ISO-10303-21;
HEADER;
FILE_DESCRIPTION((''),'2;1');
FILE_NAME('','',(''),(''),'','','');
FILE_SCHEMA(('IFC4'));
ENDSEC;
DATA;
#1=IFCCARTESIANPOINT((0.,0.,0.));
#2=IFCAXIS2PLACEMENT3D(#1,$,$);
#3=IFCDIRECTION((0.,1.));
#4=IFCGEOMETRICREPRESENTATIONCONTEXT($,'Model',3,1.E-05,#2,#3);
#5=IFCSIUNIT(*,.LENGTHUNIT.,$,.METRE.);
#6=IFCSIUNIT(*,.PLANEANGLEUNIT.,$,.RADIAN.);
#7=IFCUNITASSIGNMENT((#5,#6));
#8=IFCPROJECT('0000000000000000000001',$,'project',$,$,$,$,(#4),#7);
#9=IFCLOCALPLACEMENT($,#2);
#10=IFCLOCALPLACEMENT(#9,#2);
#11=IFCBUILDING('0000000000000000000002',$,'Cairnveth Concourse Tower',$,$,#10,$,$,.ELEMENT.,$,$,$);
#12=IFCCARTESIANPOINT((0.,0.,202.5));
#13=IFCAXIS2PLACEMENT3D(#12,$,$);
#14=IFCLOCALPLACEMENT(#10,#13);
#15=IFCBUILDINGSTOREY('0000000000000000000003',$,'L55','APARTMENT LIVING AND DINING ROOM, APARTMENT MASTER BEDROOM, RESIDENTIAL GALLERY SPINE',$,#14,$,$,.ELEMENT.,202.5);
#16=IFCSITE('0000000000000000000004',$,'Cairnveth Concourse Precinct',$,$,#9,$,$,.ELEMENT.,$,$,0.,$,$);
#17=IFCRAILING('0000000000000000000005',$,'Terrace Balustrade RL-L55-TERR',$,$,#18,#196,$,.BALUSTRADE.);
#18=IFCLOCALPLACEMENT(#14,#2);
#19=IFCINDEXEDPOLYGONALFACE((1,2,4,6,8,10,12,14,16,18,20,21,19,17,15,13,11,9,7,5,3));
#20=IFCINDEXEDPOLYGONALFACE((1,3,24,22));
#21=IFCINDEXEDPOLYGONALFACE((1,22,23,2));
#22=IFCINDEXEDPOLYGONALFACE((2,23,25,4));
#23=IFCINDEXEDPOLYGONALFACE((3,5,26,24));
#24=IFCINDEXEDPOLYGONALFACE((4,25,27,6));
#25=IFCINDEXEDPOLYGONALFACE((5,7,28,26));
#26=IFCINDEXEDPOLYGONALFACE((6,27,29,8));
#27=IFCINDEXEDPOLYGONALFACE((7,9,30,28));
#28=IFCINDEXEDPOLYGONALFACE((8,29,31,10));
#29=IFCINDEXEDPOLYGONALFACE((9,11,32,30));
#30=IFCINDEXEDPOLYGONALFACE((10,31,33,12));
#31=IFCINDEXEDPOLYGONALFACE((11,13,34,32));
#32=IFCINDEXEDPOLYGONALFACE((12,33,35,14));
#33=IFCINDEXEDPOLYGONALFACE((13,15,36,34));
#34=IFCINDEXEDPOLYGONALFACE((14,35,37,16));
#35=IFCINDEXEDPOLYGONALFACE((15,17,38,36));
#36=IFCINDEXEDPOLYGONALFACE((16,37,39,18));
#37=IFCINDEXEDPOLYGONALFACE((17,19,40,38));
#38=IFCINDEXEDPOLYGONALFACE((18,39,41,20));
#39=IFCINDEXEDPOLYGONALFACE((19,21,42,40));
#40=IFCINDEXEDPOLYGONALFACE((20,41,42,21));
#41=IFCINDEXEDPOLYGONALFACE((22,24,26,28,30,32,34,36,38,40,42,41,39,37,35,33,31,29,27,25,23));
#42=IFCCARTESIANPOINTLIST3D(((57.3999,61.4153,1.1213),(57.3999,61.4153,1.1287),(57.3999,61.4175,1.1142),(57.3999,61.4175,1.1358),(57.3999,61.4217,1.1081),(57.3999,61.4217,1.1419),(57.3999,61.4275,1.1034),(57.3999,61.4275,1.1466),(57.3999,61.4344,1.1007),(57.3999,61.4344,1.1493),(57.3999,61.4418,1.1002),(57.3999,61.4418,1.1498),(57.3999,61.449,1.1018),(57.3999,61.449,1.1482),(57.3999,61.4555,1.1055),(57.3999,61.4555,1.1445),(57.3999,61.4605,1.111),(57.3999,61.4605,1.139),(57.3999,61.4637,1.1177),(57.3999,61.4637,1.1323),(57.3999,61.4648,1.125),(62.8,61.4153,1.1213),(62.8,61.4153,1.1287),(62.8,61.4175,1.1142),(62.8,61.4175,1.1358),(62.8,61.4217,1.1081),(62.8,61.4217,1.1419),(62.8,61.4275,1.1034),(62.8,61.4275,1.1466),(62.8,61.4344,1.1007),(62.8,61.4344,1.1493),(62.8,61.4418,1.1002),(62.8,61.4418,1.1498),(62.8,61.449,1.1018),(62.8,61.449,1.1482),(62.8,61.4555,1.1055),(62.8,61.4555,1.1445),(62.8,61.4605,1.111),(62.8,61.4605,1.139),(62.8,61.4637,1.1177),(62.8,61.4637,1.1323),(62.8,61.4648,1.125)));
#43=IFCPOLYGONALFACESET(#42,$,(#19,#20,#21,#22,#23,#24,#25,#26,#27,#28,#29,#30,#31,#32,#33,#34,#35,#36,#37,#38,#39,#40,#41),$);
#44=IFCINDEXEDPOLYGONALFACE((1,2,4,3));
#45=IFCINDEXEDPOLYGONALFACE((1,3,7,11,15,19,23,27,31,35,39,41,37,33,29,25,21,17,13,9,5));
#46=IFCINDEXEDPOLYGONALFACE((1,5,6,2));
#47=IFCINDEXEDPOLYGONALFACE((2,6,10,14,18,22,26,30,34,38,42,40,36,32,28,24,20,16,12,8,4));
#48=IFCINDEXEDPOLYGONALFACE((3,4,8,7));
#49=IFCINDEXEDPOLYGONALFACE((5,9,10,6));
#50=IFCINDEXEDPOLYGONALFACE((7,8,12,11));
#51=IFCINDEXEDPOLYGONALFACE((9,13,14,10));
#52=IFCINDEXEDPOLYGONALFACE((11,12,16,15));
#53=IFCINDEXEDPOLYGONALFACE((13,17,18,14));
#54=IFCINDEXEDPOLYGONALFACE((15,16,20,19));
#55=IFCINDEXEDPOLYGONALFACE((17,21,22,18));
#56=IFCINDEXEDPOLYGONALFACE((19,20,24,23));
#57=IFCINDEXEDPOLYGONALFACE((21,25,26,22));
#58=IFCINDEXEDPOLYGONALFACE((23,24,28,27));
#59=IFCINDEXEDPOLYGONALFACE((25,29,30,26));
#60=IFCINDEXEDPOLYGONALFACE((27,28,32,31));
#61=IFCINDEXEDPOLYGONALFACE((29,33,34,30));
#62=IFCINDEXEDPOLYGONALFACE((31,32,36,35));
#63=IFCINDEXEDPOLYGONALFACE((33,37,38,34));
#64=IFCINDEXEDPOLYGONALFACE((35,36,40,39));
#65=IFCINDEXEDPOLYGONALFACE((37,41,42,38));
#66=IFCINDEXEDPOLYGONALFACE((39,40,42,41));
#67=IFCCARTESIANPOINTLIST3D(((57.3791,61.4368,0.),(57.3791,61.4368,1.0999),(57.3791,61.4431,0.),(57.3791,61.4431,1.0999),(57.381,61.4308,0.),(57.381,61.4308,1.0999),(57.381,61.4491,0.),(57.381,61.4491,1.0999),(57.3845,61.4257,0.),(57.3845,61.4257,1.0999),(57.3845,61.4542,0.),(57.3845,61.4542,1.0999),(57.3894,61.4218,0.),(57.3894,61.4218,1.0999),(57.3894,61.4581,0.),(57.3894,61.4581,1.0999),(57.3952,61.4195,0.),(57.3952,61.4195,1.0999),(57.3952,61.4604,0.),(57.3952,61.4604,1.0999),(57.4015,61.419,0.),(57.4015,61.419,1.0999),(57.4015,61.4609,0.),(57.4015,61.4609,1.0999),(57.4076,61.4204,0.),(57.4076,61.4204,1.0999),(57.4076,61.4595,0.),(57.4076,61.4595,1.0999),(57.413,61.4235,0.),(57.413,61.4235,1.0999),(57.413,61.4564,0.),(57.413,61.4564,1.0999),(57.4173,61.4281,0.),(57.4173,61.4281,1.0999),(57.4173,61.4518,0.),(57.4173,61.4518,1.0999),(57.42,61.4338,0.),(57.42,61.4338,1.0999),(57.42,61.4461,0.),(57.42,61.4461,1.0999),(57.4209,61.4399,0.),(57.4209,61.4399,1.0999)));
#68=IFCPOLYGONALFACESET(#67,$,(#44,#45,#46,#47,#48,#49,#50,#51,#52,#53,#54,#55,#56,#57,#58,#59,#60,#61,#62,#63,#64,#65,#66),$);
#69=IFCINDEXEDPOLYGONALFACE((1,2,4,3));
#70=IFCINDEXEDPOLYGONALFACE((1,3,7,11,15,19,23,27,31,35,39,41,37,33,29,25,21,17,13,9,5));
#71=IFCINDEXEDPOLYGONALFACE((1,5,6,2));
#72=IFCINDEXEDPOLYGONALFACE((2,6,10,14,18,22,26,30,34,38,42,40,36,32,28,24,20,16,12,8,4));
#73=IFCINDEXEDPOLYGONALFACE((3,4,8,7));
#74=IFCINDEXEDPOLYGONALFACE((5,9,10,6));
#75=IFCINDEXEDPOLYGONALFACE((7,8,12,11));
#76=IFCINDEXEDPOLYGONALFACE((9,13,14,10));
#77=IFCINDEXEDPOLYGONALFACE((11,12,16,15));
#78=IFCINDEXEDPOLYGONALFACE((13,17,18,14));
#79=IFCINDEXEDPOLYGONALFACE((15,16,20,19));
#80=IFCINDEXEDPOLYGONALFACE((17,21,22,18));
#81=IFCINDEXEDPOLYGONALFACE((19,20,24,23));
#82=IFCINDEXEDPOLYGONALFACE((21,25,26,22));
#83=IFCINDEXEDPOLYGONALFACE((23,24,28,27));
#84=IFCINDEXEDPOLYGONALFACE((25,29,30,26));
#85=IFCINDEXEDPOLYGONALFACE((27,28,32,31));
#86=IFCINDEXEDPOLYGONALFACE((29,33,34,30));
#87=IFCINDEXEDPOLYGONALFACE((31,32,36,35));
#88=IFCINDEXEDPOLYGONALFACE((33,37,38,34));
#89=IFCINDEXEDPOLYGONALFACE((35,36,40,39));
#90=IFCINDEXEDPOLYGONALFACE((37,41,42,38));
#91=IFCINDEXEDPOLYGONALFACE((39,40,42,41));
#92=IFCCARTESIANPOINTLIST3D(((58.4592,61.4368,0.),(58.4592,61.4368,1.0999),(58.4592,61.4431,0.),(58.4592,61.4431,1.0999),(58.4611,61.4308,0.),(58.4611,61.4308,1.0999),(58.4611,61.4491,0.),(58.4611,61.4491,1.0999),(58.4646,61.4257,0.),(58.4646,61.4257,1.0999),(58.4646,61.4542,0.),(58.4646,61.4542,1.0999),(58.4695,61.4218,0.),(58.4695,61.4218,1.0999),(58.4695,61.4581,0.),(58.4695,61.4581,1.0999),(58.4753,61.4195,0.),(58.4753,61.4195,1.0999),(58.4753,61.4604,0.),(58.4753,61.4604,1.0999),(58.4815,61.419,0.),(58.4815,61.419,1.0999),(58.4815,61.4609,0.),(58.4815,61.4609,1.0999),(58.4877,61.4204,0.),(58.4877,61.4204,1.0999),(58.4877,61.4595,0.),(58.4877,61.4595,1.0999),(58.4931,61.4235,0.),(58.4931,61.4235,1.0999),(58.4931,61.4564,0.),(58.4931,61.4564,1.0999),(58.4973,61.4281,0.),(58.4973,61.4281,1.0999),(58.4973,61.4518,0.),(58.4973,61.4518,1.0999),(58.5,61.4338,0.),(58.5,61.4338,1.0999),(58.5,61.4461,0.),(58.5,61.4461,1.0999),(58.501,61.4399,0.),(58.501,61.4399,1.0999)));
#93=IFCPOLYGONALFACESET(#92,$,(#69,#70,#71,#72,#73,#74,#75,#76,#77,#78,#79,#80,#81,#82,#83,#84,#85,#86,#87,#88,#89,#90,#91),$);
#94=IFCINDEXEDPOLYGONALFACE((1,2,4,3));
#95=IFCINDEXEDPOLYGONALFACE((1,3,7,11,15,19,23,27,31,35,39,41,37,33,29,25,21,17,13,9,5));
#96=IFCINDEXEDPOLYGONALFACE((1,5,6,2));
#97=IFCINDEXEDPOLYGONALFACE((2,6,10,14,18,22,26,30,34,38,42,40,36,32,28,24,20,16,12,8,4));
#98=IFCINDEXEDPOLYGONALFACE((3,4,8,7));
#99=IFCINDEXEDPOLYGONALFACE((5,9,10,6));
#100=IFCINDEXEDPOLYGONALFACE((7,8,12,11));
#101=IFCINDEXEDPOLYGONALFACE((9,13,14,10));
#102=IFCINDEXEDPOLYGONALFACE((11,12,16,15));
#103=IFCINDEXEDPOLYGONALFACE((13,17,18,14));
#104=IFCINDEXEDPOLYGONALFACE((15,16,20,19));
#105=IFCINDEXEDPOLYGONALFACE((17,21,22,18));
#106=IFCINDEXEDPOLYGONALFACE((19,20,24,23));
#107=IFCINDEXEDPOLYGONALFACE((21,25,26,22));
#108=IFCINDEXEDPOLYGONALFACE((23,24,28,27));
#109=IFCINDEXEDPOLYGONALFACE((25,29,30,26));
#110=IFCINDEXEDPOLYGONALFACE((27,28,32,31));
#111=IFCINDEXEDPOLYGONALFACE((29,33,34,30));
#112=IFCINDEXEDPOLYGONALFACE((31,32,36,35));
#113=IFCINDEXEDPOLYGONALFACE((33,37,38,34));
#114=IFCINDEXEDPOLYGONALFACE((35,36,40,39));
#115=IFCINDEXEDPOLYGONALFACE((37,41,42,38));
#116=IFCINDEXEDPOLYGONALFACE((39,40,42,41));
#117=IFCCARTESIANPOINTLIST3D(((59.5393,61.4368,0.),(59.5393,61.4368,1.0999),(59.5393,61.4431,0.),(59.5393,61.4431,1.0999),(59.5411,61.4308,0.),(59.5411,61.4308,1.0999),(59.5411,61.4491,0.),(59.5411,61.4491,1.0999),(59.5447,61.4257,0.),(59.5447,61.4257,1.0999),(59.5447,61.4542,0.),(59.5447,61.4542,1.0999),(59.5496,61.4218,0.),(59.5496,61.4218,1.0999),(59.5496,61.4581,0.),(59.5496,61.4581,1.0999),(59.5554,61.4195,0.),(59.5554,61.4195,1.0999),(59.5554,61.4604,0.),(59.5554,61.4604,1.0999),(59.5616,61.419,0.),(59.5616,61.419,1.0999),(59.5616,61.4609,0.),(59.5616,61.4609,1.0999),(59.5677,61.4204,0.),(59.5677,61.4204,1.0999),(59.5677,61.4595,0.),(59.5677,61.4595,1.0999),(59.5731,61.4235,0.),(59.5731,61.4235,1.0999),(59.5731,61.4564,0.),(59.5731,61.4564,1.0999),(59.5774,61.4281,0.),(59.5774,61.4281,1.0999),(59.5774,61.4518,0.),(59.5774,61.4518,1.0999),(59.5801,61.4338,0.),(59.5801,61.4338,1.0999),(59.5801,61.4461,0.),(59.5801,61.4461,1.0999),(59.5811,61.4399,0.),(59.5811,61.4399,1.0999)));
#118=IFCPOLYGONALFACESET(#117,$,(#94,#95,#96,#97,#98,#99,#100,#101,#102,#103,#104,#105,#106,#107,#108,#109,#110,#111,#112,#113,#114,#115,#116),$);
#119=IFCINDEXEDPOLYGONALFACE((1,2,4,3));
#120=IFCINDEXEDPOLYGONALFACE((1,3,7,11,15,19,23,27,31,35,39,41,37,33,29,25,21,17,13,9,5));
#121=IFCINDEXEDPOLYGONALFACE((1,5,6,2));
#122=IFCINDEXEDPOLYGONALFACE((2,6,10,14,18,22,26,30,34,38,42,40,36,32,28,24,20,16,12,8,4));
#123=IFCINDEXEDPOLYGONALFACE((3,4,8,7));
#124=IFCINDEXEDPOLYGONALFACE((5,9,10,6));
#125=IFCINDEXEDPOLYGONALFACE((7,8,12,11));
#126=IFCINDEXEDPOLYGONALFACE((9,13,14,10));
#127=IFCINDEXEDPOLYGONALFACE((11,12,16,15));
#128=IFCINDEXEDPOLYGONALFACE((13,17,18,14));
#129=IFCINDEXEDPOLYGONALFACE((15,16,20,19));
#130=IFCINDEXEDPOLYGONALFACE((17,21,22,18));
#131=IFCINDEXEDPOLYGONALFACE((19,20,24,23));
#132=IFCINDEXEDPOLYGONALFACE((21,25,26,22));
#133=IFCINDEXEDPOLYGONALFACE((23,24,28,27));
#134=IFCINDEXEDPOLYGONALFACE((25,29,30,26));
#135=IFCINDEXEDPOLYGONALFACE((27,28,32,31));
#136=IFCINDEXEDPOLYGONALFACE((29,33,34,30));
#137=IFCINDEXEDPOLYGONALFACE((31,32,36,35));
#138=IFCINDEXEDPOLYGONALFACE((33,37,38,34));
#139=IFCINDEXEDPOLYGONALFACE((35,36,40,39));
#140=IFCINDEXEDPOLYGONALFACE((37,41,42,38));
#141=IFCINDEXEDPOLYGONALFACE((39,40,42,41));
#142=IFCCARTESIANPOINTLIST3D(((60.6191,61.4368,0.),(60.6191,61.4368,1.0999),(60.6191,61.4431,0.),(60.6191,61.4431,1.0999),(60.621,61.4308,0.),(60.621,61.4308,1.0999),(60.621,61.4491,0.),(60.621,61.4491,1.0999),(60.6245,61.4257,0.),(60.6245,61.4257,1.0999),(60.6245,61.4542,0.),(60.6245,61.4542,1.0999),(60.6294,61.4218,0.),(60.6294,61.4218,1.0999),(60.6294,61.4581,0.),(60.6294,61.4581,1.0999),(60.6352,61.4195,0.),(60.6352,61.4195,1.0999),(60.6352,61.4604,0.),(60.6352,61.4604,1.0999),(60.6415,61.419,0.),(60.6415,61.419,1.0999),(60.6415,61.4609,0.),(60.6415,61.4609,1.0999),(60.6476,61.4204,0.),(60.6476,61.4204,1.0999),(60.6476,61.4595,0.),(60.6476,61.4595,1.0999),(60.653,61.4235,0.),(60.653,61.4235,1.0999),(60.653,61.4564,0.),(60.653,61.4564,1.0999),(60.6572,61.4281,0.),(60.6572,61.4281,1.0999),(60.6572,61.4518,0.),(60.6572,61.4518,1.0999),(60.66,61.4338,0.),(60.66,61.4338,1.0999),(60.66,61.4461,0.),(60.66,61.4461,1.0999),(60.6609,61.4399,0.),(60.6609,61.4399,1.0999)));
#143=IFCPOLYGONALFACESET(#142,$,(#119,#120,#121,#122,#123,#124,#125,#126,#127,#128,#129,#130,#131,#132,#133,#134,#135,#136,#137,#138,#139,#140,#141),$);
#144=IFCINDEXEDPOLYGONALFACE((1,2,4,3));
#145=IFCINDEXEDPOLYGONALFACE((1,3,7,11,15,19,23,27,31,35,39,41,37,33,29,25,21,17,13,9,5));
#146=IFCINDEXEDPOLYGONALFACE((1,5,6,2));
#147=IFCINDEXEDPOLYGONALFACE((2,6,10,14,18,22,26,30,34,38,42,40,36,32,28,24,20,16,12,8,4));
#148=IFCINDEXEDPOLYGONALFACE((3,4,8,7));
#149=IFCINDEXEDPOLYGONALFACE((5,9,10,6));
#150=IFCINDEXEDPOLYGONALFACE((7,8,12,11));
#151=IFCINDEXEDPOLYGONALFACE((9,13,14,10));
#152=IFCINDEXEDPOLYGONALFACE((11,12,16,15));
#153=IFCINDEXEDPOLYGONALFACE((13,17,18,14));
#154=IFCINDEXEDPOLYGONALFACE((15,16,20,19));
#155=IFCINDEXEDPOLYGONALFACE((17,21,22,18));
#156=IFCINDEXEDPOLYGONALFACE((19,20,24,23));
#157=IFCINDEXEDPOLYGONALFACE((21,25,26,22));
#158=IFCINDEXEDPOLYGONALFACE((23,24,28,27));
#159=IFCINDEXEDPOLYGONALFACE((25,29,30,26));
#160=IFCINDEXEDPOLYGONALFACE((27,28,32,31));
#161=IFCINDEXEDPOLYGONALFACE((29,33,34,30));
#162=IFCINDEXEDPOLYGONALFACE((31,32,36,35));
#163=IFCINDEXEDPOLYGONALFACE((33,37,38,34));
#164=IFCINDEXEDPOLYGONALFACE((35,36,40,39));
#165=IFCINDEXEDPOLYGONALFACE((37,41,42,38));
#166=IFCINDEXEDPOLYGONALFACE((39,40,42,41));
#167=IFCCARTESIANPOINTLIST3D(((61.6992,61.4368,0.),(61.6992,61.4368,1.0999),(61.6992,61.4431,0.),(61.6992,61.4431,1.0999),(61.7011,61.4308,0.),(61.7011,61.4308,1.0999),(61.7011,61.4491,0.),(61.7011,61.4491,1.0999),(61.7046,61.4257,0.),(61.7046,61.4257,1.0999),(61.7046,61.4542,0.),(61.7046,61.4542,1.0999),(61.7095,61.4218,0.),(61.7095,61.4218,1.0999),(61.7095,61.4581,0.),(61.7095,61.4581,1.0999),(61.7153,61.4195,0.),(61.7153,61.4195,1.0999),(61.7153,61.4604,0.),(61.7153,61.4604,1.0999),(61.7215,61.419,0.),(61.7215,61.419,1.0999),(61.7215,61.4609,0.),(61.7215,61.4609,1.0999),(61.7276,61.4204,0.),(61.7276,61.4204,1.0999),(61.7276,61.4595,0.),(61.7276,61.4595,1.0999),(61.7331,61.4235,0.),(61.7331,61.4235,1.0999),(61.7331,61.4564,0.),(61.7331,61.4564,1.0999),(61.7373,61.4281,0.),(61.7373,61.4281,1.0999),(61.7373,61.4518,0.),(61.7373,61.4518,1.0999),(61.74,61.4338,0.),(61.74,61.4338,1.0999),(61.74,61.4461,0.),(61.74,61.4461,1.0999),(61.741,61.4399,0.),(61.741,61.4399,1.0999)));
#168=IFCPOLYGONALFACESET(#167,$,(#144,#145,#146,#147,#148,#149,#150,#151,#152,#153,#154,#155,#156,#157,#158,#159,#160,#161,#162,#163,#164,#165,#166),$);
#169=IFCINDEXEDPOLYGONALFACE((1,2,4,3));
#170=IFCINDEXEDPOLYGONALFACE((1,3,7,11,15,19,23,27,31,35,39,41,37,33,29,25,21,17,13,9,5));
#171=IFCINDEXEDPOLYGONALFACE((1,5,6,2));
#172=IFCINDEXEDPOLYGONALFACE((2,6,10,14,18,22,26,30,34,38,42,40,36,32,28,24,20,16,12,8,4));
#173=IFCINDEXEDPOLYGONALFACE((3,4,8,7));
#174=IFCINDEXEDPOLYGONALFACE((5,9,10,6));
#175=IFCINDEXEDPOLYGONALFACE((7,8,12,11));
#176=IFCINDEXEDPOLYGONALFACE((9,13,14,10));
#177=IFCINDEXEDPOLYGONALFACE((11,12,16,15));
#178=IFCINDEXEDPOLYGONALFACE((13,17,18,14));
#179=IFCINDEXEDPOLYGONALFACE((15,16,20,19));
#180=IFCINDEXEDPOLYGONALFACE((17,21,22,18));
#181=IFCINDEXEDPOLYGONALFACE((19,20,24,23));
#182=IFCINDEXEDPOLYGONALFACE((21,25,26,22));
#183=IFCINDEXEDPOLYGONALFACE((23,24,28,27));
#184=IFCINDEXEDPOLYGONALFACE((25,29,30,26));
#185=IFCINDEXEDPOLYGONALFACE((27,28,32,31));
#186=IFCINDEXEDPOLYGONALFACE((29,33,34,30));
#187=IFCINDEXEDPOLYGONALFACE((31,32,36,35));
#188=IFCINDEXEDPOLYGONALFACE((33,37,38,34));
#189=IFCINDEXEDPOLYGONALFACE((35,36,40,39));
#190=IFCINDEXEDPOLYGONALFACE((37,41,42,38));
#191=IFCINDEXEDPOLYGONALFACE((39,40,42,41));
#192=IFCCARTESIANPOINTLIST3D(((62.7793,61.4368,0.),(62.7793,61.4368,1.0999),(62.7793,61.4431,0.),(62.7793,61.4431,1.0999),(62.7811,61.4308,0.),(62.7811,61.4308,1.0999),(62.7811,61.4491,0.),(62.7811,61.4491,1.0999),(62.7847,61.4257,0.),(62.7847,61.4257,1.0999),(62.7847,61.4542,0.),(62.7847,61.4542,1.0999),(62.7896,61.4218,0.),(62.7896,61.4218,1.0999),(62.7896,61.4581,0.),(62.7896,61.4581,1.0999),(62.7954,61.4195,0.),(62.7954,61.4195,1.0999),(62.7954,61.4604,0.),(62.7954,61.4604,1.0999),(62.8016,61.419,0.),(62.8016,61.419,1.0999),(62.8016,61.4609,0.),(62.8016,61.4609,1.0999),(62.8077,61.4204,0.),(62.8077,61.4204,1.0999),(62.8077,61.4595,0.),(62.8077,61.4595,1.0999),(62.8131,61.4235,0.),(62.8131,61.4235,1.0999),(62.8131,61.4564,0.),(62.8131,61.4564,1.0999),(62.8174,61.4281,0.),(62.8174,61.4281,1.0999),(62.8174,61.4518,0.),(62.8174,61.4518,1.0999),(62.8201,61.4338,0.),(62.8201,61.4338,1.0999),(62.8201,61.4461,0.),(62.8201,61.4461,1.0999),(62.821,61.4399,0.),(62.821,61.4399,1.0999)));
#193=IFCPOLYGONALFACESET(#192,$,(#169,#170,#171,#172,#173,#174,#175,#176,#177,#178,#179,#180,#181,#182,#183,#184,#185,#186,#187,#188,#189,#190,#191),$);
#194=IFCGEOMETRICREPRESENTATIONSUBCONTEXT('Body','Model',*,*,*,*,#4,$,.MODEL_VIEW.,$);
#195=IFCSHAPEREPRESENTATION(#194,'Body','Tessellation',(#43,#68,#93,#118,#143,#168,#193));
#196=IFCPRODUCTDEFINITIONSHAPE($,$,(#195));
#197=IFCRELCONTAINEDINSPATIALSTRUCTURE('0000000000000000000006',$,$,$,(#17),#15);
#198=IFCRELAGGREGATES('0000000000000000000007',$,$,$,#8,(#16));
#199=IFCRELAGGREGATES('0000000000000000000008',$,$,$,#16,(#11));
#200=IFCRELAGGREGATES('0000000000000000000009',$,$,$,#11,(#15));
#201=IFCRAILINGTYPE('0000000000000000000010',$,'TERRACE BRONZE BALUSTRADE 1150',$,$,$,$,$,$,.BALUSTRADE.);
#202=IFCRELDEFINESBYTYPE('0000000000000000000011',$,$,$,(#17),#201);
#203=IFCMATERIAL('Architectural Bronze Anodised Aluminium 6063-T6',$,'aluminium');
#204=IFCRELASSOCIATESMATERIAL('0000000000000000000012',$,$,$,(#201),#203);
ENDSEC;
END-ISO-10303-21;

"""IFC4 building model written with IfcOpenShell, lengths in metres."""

from ifc_helpers import new_model, si_unit, direction, frame, origin, origin_2d, place, context, subcontext, project, spatial, circle, extrude, material, type_object, element, save


model = new_model("IFC4")

# Units and contexts
model_context = context("Model", 3, precision=1e-05, world=origin(), true_north=direction((0.0, 1.0)))
body_context = subcontext(model_context, "Body", "Model", "MODEL_VIEW")
ifc_project = project(units=[si_unit("LENGTHUNIT", "METRE"), si_unit("PLANEANGLEUNIT", "RADIAN")], contexts=[model_context])

# Site, building, storey
site_placement = place(None, origin())
site = spatial("IfcSite", under=ifc_project, at=site_placement, Name="Cairnveth Concourse Precinct", CompositionType="ELEMENT", RefElevation=0.0)
building_placement = place(site_placement, origin())
building = spatial("IfcBuilding", under=site, at=building_placement, Name="Cairnveth Concourse Tower", CompositionType="ELEMENT")
storey_placement = place(building_placement, frame((0.0, 0.0, 202.5)))
storey = spatial("IfcBuildingStorey", under=building, at=storey_placement, Name="L55", Description="APARTMENT LIVING AND DINING ROOM, APARTMENT MASTER BEDROOM, RESIDENTIAL GALLERY SPINE", CompositionType="ELEMENT", Elevation=202.5)

# Shared definitions
ifc_material_1 = material(Name="Architectural Bronze Anodised Aluminium 6063-T6", Category="aluminium")

# Railing
railing_type = type_object("IfcRailingType", Name="TERRACE BRONZE BALUSTRADE 1150", PredefinedType="BALUSTRADE", material=ifc_material_1)
railing_placement = place(storey_placement, frame((57.3999, 61.4399, 0.0)))
element("IfcRailing", 1, at=railing_placement, inside=storey, type_object=railing_type, Name="Terrace Balustrade RL-L55-TERR", PredefinedType="BALUSTRADE", context=body_context, shape_type="SweptSolid", body=[
    extrude(circle(Radius=0.0249, at=origin_2d()), frame((0.0, 0.0, 1.125), z_axis=(1.0, 0.0, 0.0), x_axis=(0.0, 1.0, 0.0)), (0.0, 0.0, 1.0), 5.4001),
    extrude(circle(Radius=0.021, at=origin_2d()), origin(), (0.0, 0.0, 1.0), 1.0999),
    extrude(circle(Radius=0.021, at=origin_2d()), frame((1.0801, 0.0, 0.0)), (0.0, 0.0, 1.0), 1.0999),
    extrude(circle(Radius=0.021, at=origin_2d()), frame((2.1602, 0.0, 0.0)), (0.0, 0.0, 1.0), 1.0999),
    extrude(circle(Radius=0.021, at=origin_2d()), frame((3.24, 0.0, 0.0)), (0.0, 0.0, 1.0), 1.0999),
    extrude(circle(Radius=0.021, at=origin_2d()), frame((4.3201, 0.0, 0.0)), (0.0, 0.0, 1.0), 1.0999),
    extrude(circle(Radius=0.021, at=origin_2d()), frame((5.4001, 0.0, 0.0)), (0.0, 0.0, 1.0), 1.0999),
])

save(model, "model.ifc")
